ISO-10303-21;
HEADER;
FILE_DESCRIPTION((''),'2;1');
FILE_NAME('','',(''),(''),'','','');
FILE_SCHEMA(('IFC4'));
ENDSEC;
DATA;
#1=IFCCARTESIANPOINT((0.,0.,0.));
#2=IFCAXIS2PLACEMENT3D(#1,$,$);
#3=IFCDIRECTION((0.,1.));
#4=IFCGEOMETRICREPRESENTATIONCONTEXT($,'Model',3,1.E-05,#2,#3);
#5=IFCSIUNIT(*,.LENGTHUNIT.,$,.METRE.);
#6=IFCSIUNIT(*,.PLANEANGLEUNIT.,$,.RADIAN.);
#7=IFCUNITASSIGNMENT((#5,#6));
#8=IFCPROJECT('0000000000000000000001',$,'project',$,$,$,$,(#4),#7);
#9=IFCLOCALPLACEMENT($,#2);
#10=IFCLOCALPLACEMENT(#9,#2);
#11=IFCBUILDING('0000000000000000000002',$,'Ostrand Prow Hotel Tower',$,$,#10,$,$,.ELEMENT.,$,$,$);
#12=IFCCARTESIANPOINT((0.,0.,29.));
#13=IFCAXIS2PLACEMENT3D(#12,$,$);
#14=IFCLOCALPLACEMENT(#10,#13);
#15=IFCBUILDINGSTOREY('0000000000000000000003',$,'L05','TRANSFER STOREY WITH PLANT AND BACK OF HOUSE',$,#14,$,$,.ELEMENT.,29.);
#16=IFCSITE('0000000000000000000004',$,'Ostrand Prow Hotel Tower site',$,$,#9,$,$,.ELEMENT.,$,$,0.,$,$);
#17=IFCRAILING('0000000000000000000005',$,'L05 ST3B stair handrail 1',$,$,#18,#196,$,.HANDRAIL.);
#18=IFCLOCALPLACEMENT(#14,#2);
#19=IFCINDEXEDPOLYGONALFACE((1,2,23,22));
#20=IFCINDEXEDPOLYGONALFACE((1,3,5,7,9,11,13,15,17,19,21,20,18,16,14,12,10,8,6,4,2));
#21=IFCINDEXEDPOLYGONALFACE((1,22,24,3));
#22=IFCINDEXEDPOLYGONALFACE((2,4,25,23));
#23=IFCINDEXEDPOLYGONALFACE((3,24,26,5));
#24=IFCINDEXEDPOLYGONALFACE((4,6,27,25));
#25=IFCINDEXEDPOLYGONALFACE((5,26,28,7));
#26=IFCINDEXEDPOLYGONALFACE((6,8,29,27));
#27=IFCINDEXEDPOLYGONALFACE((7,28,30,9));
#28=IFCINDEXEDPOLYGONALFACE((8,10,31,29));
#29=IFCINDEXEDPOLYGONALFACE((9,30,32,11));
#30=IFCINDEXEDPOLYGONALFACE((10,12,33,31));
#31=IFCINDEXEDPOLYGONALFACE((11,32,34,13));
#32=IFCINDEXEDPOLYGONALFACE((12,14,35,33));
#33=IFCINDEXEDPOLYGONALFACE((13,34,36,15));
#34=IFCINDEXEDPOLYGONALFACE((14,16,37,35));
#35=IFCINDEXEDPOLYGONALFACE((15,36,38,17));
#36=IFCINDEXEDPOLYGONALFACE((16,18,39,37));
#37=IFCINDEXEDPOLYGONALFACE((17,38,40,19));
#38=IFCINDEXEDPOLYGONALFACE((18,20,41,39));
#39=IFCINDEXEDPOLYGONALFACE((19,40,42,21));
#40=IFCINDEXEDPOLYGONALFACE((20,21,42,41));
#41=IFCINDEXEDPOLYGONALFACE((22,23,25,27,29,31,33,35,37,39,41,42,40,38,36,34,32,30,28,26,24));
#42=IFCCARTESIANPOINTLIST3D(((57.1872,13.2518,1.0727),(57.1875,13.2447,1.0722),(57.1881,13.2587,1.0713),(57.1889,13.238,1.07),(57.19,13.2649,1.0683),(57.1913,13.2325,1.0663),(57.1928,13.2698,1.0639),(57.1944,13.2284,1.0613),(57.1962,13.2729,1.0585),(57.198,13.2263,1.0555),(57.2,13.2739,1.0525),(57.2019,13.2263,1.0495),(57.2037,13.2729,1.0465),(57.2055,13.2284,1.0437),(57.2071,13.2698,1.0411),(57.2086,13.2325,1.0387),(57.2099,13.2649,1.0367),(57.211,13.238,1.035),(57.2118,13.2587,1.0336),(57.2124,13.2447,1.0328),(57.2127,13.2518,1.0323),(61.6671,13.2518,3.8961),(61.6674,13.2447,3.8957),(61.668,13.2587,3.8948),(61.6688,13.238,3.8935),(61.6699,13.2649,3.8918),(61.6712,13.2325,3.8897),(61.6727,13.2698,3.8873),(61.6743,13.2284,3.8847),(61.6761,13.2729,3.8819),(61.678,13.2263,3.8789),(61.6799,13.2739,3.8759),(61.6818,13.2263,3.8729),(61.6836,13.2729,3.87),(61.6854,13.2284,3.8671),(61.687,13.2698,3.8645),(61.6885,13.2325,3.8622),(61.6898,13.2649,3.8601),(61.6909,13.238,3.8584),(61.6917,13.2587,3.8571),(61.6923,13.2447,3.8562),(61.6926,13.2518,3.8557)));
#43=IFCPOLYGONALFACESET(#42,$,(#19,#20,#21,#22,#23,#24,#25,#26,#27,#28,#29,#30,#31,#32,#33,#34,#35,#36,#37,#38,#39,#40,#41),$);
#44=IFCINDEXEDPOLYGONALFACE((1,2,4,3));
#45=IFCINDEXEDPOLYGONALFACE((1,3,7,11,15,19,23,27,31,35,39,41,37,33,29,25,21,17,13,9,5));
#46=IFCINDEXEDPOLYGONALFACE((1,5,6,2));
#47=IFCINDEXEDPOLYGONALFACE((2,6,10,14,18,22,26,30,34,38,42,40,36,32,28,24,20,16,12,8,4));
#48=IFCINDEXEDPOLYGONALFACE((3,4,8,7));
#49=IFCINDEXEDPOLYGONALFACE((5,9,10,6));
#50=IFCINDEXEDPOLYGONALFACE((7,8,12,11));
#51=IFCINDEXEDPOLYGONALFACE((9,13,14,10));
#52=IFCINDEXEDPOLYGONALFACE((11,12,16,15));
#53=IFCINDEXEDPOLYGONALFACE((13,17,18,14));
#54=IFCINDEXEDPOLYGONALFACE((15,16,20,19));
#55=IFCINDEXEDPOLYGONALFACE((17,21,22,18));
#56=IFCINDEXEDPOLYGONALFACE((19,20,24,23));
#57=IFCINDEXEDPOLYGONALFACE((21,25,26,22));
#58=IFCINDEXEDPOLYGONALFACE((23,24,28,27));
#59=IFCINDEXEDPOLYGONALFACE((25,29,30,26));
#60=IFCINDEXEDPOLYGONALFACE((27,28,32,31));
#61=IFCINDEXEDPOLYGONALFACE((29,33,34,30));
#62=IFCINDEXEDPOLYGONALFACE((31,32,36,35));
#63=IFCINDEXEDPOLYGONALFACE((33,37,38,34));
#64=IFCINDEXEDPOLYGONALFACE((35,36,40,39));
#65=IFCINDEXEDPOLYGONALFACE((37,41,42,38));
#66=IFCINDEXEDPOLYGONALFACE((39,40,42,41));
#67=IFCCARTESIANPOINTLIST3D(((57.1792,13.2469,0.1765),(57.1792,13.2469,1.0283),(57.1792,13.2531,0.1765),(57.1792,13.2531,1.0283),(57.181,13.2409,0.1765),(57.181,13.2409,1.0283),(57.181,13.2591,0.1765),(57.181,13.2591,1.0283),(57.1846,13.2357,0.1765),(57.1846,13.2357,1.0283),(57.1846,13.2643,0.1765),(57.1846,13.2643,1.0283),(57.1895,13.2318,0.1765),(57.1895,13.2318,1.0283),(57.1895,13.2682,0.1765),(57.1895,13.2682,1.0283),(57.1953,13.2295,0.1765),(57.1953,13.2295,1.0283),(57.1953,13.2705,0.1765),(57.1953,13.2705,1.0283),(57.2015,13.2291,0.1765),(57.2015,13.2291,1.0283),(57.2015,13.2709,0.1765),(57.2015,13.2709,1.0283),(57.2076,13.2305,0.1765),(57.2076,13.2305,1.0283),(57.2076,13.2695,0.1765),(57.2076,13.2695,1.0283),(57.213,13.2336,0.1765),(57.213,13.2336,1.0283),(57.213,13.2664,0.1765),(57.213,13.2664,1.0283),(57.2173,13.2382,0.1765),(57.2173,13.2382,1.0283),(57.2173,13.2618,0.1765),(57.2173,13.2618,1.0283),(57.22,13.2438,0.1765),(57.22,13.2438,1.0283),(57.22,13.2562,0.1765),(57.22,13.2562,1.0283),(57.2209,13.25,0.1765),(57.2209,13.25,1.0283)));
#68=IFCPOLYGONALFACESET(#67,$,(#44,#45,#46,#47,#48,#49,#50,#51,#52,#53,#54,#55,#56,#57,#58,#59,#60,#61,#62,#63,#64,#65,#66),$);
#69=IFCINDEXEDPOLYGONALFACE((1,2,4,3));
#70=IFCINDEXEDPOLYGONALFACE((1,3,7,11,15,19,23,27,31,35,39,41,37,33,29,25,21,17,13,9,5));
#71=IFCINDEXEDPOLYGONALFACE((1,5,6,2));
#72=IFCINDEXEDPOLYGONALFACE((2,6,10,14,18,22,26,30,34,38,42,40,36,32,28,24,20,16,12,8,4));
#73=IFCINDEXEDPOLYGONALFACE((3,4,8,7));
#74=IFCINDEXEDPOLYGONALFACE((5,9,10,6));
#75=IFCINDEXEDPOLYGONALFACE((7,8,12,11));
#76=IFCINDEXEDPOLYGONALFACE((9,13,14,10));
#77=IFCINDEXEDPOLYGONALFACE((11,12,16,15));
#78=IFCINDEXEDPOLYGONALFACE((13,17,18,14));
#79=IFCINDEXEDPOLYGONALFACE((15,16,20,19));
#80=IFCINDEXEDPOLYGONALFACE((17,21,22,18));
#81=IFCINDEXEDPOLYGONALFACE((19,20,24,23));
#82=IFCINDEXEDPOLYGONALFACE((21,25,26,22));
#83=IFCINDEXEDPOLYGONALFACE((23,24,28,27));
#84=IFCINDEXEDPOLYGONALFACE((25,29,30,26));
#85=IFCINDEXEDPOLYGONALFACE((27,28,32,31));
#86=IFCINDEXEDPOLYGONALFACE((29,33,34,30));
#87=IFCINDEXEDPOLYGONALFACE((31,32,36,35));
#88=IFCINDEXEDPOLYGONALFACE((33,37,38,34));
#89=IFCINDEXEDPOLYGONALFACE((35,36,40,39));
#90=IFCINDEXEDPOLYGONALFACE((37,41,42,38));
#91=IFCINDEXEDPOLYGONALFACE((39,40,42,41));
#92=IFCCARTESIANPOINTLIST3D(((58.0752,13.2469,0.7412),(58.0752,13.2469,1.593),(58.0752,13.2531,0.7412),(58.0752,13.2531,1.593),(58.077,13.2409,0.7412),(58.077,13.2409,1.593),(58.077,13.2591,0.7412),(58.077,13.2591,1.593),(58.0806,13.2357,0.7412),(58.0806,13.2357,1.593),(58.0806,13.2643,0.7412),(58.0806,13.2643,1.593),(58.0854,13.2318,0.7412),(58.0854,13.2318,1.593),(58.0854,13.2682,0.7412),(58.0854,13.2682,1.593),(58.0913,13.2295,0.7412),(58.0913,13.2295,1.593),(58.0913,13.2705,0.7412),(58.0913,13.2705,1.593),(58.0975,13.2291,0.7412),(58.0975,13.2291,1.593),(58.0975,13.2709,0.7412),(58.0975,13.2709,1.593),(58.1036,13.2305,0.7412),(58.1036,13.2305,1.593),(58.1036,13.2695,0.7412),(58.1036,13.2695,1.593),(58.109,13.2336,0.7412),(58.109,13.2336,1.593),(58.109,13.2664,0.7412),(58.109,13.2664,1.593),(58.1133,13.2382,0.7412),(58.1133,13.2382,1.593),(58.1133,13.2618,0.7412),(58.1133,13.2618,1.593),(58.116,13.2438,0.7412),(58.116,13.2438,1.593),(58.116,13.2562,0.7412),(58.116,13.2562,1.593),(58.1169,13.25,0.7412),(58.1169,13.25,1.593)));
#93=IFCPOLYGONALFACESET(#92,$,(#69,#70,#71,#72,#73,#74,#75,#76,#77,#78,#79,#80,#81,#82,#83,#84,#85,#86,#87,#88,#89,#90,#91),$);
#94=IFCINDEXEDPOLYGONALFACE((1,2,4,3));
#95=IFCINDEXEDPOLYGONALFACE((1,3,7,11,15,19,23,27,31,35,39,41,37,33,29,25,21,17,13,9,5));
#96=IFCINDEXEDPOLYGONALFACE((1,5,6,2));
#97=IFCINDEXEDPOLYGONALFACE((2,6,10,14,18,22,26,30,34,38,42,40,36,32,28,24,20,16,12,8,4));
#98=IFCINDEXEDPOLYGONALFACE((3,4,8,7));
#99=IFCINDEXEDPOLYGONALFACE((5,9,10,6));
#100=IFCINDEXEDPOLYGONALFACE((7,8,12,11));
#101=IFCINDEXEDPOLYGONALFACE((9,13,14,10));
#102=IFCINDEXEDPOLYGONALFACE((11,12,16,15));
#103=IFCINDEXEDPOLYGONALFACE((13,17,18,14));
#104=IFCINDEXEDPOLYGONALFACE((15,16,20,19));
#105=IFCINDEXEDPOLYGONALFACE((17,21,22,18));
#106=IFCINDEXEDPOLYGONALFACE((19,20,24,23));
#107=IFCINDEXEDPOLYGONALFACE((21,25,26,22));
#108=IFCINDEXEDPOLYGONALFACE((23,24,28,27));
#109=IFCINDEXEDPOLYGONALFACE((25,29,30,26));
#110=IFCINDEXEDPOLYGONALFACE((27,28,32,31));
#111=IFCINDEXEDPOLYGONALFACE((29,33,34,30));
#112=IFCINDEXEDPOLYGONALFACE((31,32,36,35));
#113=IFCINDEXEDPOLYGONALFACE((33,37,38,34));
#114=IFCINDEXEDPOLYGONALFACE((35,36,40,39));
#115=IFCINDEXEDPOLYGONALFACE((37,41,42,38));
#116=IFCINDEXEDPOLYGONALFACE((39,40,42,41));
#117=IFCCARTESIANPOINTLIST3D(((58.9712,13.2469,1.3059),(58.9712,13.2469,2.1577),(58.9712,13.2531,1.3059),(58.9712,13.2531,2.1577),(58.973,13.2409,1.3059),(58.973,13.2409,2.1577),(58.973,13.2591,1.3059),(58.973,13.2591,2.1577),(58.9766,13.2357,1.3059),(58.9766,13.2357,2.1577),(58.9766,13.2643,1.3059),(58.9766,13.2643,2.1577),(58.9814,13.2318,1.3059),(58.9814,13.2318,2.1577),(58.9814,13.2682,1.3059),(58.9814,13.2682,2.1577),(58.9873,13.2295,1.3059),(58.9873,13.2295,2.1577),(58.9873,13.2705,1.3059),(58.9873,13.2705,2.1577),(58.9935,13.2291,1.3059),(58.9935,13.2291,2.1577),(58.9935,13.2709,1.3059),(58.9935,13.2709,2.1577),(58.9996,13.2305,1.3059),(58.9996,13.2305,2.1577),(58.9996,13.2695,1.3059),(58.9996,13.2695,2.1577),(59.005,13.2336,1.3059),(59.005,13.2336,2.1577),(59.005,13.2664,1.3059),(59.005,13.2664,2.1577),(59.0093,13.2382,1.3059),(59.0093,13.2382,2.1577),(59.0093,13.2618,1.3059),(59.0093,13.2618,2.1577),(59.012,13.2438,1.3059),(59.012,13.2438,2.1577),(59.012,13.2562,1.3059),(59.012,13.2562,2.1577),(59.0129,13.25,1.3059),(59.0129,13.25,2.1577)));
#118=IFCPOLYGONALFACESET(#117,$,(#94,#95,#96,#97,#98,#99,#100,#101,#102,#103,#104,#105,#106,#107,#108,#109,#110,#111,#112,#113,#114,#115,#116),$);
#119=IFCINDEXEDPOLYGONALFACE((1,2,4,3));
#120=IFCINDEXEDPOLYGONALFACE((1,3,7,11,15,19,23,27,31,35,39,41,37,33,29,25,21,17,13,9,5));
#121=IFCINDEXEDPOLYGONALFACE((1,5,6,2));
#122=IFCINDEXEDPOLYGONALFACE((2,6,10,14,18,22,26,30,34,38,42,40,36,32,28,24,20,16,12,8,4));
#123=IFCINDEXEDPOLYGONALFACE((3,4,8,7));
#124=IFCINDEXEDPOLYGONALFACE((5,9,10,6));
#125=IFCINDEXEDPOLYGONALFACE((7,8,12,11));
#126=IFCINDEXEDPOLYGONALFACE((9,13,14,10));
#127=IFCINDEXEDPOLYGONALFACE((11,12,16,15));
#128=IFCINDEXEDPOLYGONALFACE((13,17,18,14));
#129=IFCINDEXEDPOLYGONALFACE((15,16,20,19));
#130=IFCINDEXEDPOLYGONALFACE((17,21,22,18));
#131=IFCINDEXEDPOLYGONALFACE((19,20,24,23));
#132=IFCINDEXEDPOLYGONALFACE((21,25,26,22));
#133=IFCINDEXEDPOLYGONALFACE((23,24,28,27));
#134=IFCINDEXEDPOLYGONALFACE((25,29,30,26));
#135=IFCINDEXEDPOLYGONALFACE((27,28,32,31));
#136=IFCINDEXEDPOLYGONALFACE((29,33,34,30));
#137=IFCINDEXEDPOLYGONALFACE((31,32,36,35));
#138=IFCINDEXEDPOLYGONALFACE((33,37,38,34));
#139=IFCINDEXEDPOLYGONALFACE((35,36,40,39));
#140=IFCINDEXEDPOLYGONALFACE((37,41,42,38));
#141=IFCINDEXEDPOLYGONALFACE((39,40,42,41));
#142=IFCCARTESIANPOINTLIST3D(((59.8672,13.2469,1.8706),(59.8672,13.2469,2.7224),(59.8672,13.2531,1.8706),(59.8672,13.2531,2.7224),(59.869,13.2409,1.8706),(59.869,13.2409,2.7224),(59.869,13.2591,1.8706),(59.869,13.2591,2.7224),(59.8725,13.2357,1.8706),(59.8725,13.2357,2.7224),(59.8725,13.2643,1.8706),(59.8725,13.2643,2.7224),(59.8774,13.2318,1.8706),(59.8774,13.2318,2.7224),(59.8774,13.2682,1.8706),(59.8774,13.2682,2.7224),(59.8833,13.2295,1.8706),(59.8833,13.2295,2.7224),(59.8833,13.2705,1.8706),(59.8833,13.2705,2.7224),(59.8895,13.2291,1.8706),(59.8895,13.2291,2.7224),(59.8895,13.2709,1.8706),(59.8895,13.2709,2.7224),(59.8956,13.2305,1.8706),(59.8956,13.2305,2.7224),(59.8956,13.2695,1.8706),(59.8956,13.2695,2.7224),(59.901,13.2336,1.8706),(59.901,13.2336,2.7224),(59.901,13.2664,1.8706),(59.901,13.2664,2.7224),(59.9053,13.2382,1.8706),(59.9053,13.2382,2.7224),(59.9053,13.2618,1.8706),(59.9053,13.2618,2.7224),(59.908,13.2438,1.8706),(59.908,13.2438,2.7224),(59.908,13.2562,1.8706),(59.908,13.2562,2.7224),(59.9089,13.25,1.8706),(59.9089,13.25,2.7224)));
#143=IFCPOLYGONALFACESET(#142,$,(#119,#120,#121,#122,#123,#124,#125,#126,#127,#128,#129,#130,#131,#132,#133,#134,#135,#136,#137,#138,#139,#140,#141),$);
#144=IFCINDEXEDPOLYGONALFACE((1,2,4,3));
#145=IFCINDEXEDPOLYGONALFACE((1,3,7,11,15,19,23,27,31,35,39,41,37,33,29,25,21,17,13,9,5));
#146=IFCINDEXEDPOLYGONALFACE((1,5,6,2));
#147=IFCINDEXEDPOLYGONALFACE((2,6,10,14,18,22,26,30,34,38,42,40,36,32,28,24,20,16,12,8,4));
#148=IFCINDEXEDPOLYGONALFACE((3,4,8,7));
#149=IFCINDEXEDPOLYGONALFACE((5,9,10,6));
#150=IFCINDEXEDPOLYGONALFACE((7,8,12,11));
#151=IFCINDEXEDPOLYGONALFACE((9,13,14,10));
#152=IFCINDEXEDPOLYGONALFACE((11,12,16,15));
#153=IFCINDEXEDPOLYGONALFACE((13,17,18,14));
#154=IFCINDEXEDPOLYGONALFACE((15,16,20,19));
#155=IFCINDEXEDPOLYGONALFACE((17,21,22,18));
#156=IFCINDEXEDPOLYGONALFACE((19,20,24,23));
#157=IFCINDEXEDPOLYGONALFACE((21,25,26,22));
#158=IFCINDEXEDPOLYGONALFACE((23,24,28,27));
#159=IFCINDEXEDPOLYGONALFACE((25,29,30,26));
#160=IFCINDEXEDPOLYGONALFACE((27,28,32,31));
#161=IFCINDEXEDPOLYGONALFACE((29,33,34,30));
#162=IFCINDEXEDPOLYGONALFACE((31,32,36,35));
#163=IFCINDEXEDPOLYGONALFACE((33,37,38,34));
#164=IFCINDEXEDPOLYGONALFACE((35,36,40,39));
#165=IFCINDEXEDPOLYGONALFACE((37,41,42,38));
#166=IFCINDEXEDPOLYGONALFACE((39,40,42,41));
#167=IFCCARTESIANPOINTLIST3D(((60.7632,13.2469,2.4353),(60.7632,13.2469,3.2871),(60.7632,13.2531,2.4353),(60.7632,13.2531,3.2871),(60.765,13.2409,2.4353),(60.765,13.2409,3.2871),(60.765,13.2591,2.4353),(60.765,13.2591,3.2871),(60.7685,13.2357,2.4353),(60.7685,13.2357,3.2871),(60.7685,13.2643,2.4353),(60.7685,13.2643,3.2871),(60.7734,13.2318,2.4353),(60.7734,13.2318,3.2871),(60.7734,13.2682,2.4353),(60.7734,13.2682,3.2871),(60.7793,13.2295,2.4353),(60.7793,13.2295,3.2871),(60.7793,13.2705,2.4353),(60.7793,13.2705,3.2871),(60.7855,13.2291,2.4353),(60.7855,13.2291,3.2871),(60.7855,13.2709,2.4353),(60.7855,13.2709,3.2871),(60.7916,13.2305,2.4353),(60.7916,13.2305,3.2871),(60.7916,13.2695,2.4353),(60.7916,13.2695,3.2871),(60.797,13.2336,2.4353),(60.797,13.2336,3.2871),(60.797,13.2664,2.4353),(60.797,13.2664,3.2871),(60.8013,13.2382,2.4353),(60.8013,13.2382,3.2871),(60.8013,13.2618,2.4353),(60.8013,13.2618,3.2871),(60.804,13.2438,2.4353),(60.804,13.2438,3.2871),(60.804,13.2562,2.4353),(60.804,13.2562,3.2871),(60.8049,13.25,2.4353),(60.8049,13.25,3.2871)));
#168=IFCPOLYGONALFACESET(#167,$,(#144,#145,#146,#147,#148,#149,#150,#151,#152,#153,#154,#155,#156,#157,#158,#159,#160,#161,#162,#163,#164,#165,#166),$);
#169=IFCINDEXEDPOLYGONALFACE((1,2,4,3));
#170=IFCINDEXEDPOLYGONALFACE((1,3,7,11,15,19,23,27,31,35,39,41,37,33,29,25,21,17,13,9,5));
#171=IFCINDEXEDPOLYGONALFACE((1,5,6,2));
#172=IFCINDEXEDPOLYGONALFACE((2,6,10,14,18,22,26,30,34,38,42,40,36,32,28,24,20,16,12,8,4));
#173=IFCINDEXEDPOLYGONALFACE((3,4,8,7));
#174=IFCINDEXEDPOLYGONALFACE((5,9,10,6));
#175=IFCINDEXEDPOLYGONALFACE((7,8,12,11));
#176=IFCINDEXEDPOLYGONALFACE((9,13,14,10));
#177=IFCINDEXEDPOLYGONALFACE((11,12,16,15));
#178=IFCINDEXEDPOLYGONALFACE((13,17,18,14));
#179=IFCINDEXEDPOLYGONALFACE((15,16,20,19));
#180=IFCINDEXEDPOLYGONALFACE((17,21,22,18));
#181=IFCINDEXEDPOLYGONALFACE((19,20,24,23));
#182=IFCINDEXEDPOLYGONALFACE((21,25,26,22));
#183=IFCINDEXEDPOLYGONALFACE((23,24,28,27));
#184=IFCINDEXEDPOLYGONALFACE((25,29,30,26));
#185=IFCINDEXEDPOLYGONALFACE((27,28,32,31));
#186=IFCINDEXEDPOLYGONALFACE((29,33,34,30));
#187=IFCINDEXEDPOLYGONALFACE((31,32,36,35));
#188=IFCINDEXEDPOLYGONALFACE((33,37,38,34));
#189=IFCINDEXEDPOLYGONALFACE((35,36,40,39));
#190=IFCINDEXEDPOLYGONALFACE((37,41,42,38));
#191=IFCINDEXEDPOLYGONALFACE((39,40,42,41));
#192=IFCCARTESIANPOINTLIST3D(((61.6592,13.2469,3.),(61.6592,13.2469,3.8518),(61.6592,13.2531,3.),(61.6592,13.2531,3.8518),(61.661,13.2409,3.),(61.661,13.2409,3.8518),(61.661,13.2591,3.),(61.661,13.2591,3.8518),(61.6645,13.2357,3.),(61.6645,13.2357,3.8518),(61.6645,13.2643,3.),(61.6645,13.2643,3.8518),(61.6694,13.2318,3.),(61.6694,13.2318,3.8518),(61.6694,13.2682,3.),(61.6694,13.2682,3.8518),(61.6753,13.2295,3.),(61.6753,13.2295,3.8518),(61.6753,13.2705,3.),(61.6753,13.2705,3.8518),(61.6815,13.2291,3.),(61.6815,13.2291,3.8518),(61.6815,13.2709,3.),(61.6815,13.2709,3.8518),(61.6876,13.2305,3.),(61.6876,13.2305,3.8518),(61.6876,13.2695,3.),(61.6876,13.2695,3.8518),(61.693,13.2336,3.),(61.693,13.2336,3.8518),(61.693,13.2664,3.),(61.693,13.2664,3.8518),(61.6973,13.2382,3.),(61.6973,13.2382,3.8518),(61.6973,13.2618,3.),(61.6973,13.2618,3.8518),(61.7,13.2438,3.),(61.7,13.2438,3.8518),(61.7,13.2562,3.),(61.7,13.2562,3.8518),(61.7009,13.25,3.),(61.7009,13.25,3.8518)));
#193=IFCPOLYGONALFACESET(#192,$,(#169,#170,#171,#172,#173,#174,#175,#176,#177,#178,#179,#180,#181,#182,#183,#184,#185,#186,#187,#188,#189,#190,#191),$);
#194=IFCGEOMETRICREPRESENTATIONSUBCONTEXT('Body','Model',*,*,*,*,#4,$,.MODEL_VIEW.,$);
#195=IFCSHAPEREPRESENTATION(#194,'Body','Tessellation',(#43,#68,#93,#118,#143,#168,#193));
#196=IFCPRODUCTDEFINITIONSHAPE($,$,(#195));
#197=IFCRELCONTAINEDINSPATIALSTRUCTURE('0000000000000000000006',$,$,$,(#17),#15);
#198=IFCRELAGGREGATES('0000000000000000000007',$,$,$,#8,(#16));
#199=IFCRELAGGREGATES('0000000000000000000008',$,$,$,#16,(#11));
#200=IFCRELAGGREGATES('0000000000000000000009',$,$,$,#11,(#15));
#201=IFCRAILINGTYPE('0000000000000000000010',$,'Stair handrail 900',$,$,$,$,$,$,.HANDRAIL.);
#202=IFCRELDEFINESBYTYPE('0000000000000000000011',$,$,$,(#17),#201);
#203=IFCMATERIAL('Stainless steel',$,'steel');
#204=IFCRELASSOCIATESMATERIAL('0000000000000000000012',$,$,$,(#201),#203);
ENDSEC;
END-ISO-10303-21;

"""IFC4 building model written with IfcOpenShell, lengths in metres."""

from ifc_helpers import new_model, si_unit, direction, frame, origin, origin_2d, place, context, subcontext, project, spatial, circle, extrude, material, type_object, element, save


model = new_model("IFC4")

# Units and contexts
model_context = context("Model", 3, precision=1e-05, world=origin(), true_north=direction((0.0, 1.0)))
body_context = subcontext(model_context, "Body", "Model", "MODEL_VIEW")
ifc_project = project(units=[si_unit("LENGTHUNIT", "METRE"), si_unit("PLANEANGLEUNIT", "RADIAN")], contexts=[model_context])

# Site, building, storey
site_placement = place(None, origin())
site = spatial("IfcSite", under=ifc_project, at=site_placement, Name="Ostrand Prow Hotel Tower site", CompositionType="ELEMENT", RefElevation=0.0)
building_placement = place(site_placement, origin())
building = spatial("IfcBuilding", under=site, at=building_placement, Name="Ostrand Prow Hotel Tower", CompositionType="ELEMENT")
storey_placement = place(building_placement, frame((0.0, 0.0, 29.0)))
storey = spatial("IfcBuildingStorey", under=building, at=storey_placement, Name="L05", Description="TRANSFER STOREY WITH PLANT AND BACK OF HOUSE", CompositionType="ELEMENT", Elevation=29.0)

# Railing
ifc_material_1 = material(Name="Stainless steel", Category="steel")
railing_type_1 = type_object("IfcRailingType", Name="Stair handrail 900", PredefinedType="HANDRAIL", material=ifc_material_1)
for number, where, name in (
    (1, (57.2, 13.25, 0.1765), "L05 ST3B stair handrail 1"),
):
    element("IfcRailing", number, at=place(storey_placement, frame(where)), inside=storey, type_object=railing_type_1, Name=name, PredefinedType="HANDRAIL", context=body_context, shape_type="SweptSolid", body=[
        extrude(circle(Radius=0.0239, at=origin_2d()), frame((0.0, 0.0, 0.876), z_axis=(0.845998, 0.0, 0.533186), x_axis=(0.0, 1.0, 0.0)), (0.0, 0.0, 1.0), 5.2954),
        extrude(circle(Radius=0.021, at=origin_2d()), origin(), (0.0, 0.0, 1.0), 0.8518),
        extrude(circle(Radius=0.021, at=origin_2d()), frame((0.896, 0.0, 0.5647)), (0.0, 0.0, 1.0), 0.8518),
        extrude(circle(Radius=0.021, at=origin_2d()), frame((1.792, 0.0, 1.1294)), (0.0, 0.0, 1.0), 0.8518),
        extrude(circle(Radius=0.021, at=origin_2d()), frame((2.688, 0.0, 1.6941)), (0.0, 0.0, 1.0), 0.8518),
        extrude(circle(Radius=0.021, at=origin_2d()), frame((3.584, 0.0, 2.2588)), (0.0, 0.0, 1.0), 0.8518),
        extrude(circle(Radius=0.021, at=origin_2d()), frame((4.48, 0.0, 2.8235)), (0.0, 0.0, 1.0), 0.8518),
    ])

save(model, "model.ifc")
